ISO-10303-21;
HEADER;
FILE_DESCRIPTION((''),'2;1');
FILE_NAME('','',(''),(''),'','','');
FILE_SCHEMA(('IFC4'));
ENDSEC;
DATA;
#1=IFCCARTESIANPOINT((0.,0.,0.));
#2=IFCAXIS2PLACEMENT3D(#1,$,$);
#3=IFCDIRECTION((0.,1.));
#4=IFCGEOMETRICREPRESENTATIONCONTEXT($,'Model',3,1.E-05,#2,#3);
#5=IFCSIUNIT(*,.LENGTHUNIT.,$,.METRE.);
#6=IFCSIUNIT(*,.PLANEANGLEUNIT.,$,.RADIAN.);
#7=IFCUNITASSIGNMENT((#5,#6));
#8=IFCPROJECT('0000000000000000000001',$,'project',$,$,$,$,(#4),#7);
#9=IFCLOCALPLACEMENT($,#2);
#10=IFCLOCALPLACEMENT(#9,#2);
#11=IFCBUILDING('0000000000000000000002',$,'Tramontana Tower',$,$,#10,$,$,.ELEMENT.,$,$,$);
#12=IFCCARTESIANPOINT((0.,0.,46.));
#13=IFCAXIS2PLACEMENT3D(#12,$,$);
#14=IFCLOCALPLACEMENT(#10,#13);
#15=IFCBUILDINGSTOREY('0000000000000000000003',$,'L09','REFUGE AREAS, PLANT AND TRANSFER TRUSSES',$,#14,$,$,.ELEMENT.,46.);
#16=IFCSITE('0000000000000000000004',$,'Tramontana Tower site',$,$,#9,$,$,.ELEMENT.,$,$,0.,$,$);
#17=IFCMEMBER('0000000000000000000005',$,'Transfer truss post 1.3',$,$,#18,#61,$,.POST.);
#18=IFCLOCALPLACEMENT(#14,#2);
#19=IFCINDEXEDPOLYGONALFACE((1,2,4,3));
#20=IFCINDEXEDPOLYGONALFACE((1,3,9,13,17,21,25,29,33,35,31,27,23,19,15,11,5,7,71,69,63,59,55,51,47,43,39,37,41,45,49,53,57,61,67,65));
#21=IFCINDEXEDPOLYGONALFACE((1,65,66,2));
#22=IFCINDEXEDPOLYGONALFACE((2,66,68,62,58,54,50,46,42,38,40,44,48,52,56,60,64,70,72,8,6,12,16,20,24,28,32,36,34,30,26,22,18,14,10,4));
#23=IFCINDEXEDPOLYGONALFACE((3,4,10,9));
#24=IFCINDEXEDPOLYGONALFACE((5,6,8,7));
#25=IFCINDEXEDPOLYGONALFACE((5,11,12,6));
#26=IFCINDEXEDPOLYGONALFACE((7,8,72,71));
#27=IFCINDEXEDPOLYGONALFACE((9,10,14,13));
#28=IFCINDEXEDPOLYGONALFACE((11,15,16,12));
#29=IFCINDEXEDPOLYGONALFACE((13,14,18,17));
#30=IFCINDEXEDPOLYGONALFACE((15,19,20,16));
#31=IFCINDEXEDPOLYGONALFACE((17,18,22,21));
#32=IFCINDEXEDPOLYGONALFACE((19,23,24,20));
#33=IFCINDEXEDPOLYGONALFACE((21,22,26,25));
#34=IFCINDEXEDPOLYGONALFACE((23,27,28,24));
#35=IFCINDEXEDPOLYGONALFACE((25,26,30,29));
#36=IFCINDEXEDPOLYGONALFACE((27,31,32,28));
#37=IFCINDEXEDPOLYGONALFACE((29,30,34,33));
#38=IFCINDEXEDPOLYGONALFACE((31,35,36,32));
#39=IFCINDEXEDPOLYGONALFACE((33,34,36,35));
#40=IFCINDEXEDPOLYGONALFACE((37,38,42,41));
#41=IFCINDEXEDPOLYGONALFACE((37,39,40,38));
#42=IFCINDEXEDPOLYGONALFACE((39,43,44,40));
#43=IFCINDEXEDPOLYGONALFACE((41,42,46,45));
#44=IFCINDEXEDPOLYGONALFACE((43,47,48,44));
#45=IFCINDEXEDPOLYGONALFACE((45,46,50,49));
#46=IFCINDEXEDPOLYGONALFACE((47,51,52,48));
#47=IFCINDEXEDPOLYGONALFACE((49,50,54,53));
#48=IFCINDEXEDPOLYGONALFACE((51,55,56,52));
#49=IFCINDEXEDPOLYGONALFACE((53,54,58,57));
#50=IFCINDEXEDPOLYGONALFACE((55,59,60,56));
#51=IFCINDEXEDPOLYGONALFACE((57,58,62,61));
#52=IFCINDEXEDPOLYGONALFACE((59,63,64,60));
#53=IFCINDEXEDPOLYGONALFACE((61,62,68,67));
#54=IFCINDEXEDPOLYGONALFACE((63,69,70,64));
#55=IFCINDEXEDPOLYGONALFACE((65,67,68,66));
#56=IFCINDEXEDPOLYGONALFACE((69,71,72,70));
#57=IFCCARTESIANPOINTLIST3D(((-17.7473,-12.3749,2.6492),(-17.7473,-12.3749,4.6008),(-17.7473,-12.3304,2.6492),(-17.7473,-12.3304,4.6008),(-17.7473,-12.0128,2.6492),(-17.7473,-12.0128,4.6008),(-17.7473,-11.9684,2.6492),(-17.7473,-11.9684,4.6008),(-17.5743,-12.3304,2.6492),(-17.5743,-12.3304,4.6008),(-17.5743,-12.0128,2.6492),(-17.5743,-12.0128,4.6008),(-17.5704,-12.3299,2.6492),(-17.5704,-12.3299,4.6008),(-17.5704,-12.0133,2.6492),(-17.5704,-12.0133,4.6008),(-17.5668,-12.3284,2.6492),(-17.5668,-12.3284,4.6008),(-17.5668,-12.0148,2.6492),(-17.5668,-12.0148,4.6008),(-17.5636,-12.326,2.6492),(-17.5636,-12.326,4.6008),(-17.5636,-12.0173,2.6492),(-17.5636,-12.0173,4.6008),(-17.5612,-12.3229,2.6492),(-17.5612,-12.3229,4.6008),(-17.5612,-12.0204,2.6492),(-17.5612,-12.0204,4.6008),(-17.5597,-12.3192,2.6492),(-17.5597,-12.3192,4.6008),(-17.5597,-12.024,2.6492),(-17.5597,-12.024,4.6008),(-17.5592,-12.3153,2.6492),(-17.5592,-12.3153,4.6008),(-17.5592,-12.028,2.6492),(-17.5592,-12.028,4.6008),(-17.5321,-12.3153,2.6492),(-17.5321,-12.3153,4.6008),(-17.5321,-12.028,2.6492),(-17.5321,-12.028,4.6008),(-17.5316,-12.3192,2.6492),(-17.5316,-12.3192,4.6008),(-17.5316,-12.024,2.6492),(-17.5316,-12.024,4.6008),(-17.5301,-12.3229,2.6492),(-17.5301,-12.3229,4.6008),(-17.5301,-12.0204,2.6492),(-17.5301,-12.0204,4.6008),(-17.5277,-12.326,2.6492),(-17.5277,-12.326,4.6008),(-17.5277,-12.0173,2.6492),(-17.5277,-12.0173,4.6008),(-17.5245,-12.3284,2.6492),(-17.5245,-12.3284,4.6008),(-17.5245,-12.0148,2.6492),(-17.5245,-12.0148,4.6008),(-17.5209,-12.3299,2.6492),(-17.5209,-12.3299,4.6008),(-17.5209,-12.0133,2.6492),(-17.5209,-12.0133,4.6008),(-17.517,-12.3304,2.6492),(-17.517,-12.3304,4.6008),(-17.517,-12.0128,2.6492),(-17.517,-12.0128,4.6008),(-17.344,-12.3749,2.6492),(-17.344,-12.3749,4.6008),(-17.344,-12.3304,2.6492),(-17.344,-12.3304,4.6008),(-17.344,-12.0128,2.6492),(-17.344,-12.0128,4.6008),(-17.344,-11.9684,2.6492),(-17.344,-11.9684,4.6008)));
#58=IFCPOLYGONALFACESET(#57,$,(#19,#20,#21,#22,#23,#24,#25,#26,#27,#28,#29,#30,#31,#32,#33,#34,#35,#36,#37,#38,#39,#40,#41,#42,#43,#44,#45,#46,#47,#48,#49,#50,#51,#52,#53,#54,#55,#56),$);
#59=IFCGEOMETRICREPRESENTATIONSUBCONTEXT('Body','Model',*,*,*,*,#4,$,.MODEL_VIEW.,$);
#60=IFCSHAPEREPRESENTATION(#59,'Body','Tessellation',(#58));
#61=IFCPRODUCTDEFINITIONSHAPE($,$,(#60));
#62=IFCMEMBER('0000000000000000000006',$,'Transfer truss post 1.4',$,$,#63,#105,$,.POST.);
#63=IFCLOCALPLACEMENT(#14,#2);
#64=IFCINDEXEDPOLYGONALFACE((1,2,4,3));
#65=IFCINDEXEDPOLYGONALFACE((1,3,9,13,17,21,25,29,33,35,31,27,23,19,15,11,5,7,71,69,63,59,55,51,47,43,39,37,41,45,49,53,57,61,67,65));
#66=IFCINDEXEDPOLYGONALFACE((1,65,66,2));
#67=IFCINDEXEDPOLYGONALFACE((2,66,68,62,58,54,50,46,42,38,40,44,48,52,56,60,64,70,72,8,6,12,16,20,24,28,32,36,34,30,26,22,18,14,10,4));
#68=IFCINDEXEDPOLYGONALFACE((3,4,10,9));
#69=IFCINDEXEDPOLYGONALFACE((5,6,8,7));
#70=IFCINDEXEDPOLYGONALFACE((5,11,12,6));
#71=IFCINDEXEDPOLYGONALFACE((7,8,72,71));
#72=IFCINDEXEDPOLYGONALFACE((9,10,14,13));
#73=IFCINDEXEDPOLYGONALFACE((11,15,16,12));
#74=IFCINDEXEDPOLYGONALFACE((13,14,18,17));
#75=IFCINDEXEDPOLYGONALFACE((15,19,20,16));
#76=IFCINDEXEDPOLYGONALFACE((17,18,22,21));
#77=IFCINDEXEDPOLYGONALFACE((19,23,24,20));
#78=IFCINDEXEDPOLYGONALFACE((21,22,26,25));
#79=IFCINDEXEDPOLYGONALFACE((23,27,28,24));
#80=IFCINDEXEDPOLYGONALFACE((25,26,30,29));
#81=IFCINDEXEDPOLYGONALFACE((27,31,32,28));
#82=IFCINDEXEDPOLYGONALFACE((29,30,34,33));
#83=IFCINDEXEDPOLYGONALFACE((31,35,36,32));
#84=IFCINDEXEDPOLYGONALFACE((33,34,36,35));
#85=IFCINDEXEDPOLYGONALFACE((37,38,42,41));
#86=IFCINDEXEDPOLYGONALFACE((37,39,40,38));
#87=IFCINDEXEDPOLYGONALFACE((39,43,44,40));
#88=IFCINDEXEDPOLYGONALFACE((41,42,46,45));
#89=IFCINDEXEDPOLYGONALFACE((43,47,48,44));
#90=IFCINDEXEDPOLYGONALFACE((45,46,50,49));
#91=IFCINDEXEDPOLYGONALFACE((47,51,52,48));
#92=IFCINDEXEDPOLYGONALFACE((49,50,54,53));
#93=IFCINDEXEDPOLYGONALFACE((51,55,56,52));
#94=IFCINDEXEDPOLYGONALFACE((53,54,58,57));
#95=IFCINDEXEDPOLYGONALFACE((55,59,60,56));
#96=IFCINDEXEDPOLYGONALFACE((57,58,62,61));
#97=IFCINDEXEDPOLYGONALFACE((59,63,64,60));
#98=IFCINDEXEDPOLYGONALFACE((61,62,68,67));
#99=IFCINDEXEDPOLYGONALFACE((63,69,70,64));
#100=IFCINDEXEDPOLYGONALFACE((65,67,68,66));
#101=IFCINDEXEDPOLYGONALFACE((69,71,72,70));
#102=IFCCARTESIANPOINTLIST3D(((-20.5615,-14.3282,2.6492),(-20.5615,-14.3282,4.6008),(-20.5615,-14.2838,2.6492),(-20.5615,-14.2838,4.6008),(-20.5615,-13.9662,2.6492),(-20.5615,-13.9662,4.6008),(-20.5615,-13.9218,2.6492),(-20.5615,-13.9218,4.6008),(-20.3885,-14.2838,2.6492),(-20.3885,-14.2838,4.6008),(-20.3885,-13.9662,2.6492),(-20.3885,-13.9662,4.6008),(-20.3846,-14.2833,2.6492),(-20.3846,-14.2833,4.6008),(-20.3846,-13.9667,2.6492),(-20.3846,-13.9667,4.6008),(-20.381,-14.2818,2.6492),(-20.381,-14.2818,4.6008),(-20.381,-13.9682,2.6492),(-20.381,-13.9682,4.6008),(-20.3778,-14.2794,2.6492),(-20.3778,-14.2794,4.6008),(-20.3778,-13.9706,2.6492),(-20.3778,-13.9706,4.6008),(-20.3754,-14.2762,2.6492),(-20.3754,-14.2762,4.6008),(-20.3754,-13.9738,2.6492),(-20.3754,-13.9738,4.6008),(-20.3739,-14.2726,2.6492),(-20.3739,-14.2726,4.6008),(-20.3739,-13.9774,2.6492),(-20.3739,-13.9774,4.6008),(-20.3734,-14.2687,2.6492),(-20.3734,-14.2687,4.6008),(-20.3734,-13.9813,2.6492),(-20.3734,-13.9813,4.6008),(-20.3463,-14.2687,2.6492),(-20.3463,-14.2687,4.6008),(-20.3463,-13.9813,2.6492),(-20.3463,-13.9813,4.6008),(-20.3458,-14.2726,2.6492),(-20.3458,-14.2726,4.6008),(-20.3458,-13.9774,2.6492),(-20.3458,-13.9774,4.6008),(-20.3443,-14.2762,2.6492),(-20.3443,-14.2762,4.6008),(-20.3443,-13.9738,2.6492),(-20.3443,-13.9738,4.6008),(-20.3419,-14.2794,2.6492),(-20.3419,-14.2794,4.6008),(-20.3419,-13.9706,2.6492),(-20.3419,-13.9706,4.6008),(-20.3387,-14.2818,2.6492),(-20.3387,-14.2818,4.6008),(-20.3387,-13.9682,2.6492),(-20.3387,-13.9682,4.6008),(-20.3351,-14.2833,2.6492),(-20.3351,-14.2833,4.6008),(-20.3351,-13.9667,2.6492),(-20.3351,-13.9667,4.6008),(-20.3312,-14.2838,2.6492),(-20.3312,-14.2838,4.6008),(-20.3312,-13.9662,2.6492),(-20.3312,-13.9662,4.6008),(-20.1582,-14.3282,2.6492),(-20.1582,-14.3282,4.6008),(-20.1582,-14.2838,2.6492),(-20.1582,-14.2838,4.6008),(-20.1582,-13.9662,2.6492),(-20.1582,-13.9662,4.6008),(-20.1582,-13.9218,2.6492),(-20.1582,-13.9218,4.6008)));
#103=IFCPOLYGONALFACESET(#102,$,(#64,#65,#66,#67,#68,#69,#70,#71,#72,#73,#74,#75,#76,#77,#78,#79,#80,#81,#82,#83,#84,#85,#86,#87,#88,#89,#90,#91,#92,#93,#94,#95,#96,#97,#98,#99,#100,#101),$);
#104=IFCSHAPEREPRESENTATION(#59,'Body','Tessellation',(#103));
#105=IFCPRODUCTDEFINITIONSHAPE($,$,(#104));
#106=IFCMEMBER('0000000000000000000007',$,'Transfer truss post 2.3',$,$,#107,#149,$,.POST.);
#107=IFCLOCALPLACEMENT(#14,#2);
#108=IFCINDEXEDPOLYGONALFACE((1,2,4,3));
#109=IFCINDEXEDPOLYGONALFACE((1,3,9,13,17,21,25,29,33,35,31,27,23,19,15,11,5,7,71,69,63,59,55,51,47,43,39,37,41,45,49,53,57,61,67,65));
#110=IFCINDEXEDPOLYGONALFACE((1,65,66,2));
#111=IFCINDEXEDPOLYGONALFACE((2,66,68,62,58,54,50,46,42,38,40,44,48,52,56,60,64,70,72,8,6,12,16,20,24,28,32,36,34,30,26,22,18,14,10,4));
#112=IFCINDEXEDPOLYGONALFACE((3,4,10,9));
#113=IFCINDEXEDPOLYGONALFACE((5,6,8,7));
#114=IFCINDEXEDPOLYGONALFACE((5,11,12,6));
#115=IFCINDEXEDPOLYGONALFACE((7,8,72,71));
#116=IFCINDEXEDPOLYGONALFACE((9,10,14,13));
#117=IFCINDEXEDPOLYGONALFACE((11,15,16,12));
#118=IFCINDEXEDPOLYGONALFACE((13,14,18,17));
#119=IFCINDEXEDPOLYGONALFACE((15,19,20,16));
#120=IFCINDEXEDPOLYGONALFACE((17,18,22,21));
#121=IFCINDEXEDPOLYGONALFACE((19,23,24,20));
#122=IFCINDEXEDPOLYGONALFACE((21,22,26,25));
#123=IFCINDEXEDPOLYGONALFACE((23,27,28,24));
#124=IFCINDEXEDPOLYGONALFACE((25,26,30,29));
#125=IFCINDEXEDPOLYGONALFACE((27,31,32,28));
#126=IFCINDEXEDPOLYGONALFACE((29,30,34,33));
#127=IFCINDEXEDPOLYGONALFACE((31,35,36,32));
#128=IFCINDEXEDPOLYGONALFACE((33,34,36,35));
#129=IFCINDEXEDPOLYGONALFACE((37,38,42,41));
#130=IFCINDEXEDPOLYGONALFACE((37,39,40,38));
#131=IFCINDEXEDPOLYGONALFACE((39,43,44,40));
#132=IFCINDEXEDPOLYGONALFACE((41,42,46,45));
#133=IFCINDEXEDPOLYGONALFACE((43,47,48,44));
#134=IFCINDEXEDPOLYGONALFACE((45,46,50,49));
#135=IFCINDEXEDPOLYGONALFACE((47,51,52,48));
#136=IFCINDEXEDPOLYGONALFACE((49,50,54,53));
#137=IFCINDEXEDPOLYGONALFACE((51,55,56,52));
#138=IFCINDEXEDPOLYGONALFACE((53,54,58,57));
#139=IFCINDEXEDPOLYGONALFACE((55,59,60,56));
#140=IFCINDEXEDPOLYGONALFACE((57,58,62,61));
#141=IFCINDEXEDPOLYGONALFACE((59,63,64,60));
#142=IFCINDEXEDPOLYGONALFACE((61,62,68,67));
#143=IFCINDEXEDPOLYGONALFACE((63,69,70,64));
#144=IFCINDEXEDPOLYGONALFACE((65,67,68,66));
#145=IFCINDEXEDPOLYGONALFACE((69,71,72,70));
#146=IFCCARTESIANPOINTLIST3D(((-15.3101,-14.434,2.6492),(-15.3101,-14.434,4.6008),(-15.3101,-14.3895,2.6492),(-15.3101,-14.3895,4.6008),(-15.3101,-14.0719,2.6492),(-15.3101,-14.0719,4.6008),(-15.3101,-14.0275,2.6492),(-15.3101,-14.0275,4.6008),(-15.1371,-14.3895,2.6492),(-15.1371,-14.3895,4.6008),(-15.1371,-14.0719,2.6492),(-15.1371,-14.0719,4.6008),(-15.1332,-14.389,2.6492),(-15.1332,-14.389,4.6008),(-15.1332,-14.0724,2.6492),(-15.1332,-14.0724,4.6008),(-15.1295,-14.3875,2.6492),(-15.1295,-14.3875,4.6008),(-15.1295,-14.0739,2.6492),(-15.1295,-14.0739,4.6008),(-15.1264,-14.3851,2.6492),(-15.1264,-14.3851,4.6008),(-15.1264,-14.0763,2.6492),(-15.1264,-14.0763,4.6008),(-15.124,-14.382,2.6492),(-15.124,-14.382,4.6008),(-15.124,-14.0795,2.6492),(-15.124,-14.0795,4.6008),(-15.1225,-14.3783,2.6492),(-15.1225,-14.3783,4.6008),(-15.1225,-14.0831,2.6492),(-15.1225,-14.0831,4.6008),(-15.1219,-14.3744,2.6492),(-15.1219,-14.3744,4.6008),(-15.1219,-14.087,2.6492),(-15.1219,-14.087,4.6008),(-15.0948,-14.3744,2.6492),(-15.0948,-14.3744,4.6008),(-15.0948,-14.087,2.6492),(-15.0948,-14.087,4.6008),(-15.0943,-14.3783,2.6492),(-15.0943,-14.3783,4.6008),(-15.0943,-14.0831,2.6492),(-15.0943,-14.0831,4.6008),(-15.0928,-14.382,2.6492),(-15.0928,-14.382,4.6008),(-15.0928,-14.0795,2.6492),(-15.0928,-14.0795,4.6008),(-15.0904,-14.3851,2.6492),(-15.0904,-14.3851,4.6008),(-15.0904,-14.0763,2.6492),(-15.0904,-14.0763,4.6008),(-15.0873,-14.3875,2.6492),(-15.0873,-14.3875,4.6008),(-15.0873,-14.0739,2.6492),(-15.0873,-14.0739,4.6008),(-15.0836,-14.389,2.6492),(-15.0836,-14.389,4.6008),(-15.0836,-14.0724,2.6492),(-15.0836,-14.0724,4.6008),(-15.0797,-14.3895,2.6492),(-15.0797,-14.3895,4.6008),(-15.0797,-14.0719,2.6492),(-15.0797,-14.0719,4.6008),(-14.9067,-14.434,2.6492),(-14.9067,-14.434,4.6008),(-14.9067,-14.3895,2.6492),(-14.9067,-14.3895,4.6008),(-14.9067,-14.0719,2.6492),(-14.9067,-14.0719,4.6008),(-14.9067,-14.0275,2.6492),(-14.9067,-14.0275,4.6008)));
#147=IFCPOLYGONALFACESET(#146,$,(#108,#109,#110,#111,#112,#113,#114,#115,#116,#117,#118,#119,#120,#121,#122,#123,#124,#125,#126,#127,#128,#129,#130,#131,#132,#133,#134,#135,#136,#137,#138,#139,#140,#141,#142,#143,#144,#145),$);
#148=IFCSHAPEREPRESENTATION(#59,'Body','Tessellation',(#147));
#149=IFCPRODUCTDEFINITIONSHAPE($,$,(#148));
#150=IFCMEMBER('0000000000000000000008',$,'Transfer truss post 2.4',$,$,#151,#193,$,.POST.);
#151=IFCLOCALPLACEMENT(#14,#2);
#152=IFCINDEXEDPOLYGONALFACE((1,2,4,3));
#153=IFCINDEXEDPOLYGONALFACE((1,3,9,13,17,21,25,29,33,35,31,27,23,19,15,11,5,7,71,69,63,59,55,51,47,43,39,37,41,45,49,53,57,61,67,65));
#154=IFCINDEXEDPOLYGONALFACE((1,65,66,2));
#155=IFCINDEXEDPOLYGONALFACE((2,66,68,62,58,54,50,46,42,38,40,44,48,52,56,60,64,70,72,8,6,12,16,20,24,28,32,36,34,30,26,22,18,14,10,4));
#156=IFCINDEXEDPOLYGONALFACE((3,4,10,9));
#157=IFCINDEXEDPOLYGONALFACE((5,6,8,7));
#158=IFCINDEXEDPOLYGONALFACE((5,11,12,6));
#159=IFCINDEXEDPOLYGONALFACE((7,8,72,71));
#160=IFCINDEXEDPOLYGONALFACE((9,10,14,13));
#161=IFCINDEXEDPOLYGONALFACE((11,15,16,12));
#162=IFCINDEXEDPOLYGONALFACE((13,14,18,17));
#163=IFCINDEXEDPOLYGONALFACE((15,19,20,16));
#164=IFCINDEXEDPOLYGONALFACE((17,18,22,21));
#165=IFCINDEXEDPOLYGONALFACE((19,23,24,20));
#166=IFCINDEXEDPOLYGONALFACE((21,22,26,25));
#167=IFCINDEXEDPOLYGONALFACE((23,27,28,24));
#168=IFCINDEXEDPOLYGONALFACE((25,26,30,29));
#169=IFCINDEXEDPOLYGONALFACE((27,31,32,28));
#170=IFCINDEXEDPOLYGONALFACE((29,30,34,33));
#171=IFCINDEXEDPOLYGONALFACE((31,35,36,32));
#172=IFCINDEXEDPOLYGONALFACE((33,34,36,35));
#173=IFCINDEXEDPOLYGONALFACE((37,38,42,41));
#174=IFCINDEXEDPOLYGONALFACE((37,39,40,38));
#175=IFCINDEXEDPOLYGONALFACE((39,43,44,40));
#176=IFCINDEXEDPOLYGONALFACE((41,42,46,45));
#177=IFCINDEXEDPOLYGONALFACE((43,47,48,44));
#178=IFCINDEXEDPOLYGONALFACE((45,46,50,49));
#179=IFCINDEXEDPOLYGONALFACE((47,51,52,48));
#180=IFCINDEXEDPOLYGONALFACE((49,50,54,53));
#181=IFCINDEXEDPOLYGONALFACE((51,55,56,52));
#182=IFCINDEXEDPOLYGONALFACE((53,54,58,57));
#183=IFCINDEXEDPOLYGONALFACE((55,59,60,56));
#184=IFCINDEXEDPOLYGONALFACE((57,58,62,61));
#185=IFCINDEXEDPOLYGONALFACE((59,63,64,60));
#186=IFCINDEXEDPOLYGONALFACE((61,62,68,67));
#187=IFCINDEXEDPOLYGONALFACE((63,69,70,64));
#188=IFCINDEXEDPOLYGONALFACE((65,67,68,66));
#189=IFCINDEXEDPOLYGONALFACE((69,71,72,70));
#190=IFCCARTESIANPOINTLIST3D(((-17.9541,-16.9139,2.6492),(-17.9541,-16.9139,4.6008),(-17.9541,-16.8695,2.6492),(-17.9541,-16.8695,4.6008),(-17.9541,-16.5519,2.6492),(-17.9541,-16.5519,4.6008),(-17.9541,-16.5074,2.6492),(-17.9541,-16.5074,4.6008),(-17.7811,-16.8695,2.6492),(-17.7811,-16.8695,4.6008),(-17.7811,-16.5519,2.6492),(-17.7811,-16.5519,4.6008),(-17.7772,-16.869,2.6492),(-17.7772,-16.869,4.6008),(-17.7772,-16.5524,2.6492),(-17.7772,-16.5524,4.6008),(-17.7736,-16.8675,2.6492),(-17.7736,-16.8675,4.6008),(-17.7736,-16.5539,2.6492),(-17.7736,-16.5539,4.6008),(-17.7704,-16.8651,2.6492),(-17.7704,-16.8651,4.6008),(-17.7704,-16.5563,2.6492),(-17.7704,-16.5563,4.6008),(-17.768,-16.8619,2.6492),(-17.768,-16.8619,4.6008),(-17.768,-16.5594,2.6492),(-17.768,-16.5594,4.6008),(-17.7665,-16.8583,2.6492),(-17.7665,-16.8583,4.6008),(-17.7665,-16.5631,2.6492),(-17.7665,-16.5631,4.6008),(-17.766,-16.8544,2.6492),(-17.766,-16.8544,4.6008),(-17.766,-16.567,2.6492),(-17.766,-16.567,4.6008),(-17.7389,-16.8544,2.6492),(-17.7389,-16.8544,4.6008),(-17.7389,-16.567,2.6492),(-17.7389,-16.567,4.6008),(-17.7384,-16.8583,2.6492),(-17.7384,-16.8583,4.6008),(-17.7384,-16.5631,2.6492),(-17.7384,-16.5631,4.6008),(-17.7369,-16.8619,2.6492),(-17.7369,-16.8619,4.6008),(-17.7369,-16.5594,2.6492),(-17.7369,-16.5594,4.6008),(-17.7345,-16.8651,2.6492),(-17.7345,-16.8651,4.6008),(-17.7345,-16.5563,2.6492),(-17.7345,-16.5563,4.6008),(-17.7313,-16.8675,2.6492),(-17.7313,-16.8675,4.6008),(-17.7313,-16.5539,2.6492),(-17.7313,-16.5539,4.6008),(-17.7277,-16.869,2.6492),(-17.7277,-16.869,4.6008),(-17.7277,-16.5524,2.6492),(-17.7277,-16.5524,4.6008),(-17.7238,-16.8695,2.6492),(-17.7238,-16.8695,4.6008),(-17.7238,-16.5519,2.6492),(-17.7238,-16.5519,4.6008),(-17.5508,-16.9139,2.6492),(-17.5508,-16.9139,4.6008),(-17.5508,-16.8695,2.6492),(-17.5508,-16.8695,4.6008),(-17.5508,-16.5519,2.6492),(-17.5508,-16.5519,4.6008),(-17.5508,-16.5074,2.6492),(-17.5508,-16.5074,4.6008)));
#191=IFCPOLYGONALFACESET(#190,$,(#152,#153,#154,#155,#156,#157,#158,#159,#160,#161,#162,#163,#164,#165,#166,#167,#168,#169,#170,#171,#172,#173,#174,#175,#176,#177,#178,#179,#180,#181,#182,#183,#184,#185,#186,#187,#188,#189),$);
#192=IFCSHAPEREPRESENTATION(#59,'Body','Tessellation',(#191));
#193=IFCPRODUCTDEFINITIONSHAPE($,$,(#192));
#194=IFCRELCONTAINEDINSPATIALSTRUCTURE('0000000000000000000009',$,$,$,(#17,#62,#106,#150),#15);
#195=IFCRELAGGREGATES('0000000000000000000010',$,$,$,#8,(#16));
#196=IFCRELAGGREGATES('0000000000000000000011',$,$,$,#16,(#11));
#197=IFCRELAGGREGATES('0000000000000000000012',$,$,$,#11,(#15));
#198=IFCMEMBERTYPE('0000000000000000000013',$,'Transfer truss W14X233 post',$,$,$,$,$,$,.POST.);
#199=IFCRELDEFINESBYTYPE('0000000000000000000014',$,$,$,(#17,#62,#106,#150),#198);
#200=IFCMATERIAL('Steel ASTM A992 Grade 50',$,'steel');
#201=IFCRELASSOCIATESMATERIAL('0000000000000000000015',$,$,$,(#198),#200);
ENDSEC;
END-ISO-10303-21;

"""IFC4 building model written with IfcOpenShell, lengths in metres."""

from ifc_helpers import new_model, si_unit, direction, frame, origin, origin_2d, place, context, subcontext, project, spatial, i_section, extrude, material, material_profile, profile_set, type_object, element, save


model = new_model("IFC4")

# Units and contexts
model_context = context("Model", 3, precision=1e-05, world=origin(), true_north=direction((0.0, 1.0)))
body_context = subcontext(model_context, "Body", "Model", "MODEL_VIEW")
ifc_project = project(units=[si_unit("LENGTHUNIT", "METRE"), si_unit("PLANEANGLEUNIT", "RADIAN")], contexts=[model_context])

# Site, building, storey
site_placement = place(None, origin())
site = spatial("IfcSite", under=ifc_project, at=site_placement, Name="Tramontana Tower site", CompositionType="ELEMENT", RefElevation=0.0)
building_placement = place(site_placement, origin())
building = spatial("IfcBuilding", under=site, at=building_placement, Name="Tramontana Tower", CompositionType="ELEMENT")
storey_placement = place(building_placement, frame((0.0, 0.0, 46.0)))
storey = spatial("IfcBuildingStorey", under=building, at=storey_placement, Name="L09", Description="REFUGE AREAS, PLANT AND TRANSFER TRUSSES", CompositionType="ELEMENT", Elevation=46.0)

# Members
ifc_material_1 = material(Name="Steel ASTM A992 Grade 50", Category="steel")
ifc_material_profile_1 = material_profile(ifc_material_1, i_section(OverallWidth=0.4033, OverallDepth=0.4065, WebThickness=0.0271, FlangeThickness=0.0444, FilletRadius=0.0151, at=origin_2d()), Name="W14X233")
ifc_profile_set_1 = profile_set([ifc_material_profile_1], Name="Steel ASTM A992 Grade 50")
member_type_1 = type_object("IfcMemberType", Name="Transfer truss W14X233 post", PredefinedType="POST", material=ifc_profile_set_1)
for number, where, z_axis, x_axis, name in (
    (1, (-17.5457, -12.1716, 2.6492), (0.0, 0.0, 1.0), (1.0, 0.0, 0.0), "Transfer truss post 1.3"),
    (2, (-20.3599, -14.125, 2.6492), (0.0, 0.0, 1.0), (1.0, 0.0, 0.0), "Transfer truss post 1.4"),
    (3, (-15.1084, -14.2307, 2.6492), (0.0, 0.0, 1.0), (1.0, 0.0, 0.0), "Transfer truss post 2.3"),
    (4, (-17.7524, -16.7107, 2.6492), (0.0, 0.0, 1.0), (1.0, 0.0, 0.0), "Transfer truss post 2.4"),
):
    element("IfcMember", number, at=place(storey_placement, frame(where, z_axis=z_axis, x_axis=x_axis)), inside=storey, type_object=member_type_1, Name=name, PredefinedType="POST", context=body_context, shape_type="SweptSolid", body=[
        extrude(i_section(OverallWidth=0.4033, OverallDepth=0.4065, WebThickness=0.0271, FlangeThickness=0.0444, FilletRadius=0.0151, at=origin_2d()), origin(), (0.0, 0.0, 1.0), 1.9517),
    ])

save(model, "model.ifc")
